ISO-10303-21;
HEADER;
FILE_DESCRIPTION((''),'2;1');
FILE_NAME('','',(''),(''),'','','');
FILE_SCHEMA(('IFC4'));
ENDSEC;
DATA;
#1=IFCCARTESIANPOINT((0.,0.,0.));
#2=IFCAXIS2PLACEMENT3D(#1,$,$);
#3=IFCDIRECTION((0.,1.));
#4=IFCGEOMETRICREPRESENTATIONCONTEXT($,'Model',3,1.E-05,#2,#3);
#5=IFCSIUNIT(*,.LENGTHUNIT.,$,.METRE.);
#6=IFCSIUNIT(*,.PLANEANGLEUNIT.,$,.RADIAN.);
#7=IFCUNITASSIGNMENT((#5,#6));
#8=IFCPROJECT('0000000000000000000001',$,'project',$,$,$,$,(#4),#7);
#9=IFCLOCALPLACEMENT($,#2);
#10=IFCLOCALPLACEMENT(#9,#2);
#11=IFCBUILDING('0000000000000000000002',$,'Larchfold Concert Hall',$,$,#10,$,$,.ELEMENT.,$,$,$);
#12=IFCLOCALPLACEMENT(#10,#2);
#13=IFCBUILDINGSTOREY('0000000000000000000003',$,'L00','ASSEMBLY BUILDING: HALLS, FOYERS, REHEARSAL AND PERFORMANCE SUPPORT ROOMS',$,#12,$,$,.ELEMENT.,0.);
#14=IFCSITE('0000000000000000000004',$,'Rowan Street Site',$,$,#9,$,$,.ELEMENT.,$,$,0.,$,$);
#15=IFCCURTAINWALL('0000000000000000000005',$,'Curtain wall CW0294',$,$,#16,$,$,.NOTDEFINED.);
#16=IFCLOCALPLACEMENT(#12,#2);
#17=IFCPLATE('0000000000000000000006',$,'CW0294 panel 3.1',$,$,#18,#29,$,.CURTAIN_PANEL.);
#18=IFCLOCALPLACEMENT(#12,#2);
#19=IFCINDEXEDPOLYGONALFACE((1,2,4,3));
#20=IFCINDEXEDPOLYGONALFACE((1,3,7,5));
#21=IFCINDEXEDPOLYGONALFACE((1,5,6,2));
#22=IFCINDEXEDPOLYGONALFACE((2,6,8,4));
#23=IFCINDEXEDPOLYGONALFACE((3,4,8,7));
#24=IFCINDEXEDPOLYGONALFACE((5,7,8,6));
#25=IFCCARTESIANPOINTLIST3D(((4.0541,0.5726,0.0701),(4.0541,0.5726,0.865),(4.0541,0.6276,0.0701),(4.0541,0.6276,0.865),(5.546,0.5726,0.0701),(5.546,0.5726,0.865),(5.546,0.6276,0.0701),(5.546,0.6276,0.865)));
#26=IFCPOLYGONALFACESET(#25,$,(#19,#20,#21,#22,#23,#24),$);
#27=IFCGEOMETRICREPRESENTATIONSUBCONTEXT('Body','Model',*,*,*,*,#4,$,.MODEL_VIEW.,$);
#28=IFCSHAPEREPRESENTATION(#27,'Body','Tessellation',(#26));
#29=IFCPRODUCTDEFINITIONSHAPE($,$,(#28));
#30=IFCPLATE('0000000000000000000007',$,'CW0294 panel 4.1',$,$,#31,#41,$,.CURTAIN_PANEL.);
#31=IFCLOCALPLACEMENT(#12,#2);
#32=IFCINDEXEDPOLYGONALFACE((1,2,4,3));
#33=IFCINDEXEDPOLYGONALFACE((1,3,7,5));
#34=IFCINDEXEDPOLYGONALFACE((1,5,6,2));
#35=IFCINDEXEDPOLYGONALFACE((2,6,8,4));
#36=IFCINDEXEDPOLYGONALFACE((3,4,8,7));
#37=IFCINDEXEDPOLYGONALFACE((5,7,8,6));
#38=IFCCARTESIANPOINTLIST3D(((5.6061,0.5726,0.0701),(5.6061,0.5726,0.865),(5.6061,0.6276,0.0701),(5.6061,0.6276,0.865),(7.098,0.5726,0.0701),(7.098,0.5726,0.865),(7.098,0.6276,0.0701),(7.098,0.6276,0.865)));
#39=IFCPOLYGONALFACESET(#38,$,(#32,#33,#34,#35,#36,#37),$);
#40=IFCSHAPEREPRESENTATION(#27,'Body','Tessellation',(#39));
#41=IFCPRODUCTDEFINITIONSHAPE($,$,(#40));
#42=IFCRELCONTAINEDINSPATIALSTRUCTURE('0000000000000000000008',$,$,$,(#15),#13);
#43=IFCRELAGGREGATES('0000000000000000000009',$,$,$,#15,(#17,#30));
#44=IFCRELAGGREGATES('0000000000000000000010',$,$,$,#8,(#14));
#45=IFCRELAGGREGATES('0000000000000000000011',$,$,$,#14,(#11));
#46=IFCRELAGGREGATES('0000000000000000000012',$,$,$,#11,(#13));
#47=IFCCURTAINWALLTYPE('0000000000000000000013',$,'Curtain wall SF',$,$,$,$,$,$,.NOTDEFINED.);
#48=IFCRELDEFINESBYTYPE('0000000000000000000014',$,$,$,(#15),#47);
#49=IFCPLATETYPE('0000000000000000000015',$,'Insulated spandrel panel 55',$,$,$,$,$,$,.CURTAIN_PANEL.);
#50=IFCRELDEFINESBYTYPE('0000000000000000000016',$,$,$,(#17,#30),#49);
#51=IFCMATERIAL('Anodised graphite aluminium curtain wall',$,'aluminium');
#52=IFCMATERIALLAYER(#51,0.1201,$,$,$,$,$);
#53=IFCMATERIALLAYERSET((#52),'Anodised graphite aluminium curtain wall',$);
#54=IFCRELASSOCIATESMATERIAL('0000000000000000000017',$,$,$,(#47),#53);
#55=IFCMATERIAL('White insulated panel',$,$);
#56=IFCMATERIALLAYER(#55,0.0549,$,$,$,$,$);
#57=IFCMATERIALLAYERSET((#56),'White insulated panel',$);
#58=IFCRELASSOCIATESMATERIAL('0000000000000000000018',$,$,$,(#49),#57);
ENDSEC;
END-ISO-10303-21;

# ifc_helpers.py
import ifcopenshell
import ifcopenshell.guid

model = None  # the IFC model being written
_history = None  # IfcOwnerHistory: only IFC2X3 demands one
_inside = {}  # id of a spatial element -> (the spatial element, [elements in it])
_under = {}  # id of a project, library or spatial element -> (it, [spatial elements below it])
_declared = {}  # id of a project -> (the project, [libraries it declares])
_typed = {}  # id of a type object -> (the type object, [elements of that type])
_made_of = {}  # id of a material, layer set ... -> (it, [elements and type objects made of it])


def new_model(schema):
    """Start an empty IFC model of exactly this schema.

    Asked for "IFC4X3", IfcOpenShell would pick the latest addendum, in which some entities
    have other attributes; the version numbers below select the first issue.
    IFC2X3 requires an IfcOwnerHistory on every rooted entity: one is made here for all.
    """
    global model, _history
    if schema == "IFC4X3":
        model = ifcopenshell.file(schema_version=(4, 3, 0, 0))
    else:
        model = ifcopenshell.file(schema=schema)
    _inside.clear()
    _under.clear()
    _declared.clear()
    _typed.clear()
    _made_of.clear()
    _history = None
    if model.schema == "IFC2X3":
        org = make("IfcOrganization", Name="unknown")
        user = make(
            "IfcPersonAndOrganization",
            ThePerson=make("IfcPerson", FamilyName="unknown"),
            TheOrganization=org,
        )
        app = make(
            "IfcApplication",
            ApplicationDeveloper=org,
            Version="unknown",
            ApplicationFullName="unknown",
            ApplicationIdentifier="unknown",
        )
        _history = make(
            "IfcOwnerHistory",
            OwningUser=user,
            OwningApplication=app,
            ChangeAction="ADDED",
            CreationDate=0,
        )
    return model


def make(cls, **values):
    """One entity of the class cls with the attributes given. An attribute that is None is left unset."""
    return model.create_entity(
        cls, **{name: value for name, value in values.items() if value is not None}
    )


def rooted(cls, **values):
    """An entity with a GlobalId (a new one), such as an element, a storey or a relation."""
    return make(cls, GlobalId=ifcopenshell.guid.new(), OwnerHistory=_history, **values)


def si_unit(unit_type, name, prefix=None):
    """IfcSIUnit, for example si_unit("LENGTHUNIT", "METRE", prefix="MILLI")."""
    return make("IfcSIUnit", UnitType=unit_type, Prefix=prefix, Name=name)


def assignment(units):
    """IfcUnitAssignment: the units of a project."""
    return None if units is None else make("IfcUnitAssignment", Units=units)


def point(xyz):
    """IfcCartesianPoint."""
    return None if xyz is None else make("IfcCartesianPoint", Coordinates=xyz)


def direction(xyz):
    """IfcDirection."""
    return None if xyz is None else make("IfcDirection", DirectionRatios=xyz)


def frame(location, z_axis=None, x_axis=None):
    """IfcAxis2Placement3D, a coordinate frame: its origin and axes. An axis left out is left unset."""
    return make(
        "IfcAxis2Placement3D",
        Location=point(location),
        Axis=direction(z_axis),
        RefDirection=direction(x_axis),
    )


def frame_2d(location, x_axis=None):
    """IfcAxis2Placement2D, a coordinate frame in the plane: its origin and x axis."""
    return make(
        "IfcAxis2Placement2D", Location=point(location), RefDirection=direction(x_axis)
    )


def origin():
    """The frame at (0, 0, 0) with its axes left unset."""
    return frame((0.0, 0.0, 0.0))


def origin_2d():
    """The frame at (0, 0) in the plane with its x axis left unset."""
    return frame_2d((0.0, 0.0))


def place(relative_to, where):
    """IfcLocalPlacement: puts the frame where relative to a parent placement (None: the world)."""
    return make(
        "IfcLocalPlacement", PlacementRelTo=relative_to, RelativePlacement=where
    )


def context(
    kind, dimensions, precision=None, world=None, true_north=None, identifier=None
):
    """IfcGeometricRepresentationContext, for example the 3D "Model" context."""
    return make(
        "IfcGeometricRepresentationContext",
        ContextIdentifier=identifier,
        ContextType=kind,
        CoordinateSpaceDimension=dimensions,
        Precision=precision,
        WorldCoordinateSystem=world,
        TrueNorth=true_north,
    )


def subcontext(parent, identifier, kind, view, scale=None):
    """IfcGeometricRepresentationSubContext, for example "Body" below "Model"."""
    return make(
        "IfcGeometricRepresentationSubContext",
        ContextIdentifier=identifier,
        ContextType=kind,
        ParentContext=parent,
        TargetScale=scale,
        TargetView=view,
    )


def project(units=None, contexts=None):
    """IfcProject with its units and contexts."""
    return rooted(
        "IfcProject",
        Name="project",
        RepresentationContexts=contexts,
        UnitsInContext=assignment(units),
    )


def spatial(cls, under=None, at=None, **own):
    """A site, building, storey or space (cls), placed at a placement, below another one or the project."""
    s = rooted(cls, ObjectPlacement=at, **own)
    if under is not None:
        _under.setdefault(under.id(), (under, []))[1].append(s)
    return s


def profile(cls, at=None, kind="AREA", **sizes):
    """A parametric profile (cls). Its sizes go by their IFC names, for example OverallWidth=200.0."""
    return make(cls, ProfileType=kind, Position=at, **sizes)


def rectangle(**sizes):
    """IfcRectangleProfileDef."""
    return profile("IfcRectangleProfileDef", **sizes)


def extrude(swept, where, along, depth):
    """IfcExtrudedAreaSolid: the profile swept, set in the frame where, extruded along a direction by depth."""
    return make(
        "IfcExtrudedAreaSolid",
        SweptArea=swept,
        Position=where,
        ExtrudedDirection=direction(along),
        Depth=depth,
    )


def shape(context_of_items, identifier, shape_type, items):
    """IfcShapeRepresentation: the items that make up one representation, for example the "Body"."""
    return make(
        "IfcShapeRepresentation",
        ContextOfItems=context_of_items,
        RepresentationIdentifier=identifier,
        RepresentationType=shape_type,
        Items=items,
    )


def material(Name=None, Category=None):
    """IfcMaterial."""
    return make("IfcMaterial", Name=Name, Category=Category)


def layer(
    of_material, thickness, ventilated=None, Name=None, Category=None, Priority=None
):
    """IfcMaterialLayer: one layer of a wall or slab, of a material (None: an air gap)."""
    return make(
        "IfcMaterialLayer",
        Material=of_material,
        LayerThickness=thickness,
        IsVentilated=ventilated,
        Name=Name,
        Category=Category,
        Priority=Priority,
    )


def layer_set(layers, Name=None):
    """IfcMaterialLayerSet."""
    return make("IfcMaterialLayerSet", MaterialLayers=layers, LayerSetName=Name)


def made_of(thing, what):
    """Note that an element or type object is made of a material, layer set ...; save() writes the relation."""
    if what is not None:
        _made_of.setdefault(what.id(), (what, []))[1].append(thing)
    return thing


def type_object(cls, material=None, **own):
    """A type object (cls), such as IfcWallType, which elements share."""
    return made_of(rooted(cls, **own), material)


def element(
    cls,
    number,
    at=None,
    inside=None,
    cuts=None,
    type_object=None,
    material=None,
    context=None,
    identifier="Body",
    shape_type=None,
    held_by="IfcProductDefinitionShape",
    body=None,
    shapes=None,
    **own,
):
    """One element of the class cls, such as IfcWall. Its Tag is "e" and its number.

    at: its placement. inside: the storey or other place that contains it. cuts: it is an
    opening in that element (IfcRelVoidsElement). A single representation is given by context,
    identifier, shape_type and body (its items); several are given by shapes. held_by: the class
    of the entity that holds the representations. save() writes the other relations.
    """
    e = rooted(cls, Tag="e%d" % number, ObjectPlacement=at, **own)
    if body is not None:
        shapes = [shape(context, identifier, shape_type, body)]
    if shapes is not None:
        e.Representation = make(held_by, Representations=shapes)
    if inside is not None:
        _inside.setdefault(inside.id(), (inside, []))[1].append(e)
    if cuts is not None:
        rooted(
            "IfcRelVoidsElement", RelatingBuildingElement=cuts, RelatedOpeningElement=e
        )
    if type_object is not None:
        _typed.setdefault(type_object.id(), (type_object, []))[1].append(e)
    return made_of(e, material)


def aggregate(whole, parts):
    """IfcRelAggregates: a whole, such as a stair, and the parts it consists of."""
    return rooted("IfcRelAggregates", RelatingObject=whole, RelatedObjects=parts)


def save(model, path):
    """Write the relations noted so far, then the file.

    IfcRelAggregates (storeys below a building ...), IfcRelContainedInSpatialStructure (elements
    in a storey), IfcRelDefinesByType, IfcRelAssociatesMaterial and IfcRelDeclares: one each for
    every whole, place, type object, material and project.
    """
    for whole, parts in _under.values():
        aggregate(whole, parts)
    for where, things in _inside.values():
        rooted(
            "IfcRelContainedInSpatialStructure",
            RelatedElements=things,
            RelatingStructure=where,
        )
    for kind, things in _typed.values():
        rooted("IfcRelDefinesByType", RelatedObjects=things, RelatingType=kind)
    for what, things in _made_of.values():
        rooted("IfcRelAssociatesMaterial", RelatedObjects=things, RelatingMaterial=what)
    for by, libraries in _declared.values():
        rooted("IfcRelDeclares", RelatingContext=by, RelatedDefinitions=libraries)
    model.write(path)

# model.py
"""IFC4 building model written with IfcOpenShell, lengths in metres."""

from ifc_helpers import new_model, si_unit, direction, frame, origin, origin_2d, place, context, subcontext, project, spatial, rectangle, extrude, material, layer, layer_set, type_object, element, aggregate, save


model = new_model("IFC4")

# Units and contexts
model_context = context("Model", 3, precision=1e-05, world=origin(), true_north=direction((0.0, 1.0)))
body_context = subcontext(model_context, "Body", "Model", "MODEL_VIEW")
ifc_project = project(units=[si_unit("LENGTHUNIT", "METRE"), si_unit("PLANEANGLEUNIT", "RADIAN")], contexts=[model_context])

# Site, building, storey
site_placement = place(None, origin())
site = spatial("IfcSite", under=ifc_project, at=site_placement, Name="Rowan Street Site", CompositionType="ELEMENT", RefElevation=0.0)
building_placement = place(site_placement, origin())
building = spatial("IfcBuilding", under=site, at=building_placement, Name="Larchfold Concert Hall", CompositionType="ELEMENT")
storey_placement = place(building_placement, origin())
storey = spatial("IfcBuildingStorey", under=building, at=storey_placement, Name="L00", Description="ASSEMBLY BUILDING: HALLS, FOYERS, REHEARSAL AND PERFORMANCE SUPPORT ROOMS", CompositionType="ELEMENT", Elevation=0.0)

# Curtain wall, plates
ifc_material_1 = material(Name="Anodised graphite aluminium curtain wall", Category="aluminium")
ifc_layer_1 = layer(ifc_material_1, 0.1201)
ifc_layer_set_1 = layer_set([ifc_layer_1], Name="Anodised graphite aluminium curtain wall")
curtain_wall_type = type_object("IfcCurtainWallType", Name="Curtain wall SF", PredefinedType="NOTDEFINED", material=ifc_layer_set_1)
curtain_wall_placement = place(storey_placement, origin())
curtain_wall = element("IfcCurtainWall", 1, at=curtain_wall_placement, inside=storey, type_object=curtain_wall_type, Name="Curtain wall CW0294", PredefinedType="NOTDEFINED")
ifc_material_2 = material(Name="White insulated panel")
ifc_layer_2 = layer(ifc_material_2, 0.0549)
ifc_layer_set_2 = layer_set([ifc_layer_2], Name="White insulated panel")
plate_type_1 = type_object("IfcPlateType", Name="Insulated spandrel panel 55", PredefinedType="CURTAIN_PANEL", material=ifc_layer_set_2)
plate_1_placement = place(storey_placement, frame((4.8, 0.6001, 0.0701), z_axis=(0.0, 0.0, 1.0), x_axis=(1.0, 0.0, 0.0)))
plate_1 = element("IfcPlate", 2, at=plate_1_placement, type_object=plate_type_1, Name="CW0294 panel 3.1", PredefinedType="CURTAIN_PANEL", context=body_context, shape_type="SweptSolid", body=[
    extrude(rectangle(XDim=1.4919, YDim=0.0549, at=origin_2d()), origin(), (0.0, 0.0, 1.0), 0.7949),
])
plate_2_placement = place(storey_placement, frame((6.3521, 0.6001, 0.0701), z_axis=(0.0, 0.0, 1.0), x_axis=(1.0, 0.0, 0.0)))
plate_2 = element("IfcPlate", 3, at=plate_2_placement, type_object=plate_type_1, Name="CW0294 panel 4.1", PredefinedType="CURTAIN_PANEL", context=body_context, shape_type="SweptSolid", body=[
    extrude(rectangle(XDim=1.4919, YDim=0.0549, at=origin_2d()), origin(), (0.0, 0.0, 1.0), 0.7949),
])
aggregate(curtain_wall, [plate_1, plate_2])

save(model, "model.ifc")
